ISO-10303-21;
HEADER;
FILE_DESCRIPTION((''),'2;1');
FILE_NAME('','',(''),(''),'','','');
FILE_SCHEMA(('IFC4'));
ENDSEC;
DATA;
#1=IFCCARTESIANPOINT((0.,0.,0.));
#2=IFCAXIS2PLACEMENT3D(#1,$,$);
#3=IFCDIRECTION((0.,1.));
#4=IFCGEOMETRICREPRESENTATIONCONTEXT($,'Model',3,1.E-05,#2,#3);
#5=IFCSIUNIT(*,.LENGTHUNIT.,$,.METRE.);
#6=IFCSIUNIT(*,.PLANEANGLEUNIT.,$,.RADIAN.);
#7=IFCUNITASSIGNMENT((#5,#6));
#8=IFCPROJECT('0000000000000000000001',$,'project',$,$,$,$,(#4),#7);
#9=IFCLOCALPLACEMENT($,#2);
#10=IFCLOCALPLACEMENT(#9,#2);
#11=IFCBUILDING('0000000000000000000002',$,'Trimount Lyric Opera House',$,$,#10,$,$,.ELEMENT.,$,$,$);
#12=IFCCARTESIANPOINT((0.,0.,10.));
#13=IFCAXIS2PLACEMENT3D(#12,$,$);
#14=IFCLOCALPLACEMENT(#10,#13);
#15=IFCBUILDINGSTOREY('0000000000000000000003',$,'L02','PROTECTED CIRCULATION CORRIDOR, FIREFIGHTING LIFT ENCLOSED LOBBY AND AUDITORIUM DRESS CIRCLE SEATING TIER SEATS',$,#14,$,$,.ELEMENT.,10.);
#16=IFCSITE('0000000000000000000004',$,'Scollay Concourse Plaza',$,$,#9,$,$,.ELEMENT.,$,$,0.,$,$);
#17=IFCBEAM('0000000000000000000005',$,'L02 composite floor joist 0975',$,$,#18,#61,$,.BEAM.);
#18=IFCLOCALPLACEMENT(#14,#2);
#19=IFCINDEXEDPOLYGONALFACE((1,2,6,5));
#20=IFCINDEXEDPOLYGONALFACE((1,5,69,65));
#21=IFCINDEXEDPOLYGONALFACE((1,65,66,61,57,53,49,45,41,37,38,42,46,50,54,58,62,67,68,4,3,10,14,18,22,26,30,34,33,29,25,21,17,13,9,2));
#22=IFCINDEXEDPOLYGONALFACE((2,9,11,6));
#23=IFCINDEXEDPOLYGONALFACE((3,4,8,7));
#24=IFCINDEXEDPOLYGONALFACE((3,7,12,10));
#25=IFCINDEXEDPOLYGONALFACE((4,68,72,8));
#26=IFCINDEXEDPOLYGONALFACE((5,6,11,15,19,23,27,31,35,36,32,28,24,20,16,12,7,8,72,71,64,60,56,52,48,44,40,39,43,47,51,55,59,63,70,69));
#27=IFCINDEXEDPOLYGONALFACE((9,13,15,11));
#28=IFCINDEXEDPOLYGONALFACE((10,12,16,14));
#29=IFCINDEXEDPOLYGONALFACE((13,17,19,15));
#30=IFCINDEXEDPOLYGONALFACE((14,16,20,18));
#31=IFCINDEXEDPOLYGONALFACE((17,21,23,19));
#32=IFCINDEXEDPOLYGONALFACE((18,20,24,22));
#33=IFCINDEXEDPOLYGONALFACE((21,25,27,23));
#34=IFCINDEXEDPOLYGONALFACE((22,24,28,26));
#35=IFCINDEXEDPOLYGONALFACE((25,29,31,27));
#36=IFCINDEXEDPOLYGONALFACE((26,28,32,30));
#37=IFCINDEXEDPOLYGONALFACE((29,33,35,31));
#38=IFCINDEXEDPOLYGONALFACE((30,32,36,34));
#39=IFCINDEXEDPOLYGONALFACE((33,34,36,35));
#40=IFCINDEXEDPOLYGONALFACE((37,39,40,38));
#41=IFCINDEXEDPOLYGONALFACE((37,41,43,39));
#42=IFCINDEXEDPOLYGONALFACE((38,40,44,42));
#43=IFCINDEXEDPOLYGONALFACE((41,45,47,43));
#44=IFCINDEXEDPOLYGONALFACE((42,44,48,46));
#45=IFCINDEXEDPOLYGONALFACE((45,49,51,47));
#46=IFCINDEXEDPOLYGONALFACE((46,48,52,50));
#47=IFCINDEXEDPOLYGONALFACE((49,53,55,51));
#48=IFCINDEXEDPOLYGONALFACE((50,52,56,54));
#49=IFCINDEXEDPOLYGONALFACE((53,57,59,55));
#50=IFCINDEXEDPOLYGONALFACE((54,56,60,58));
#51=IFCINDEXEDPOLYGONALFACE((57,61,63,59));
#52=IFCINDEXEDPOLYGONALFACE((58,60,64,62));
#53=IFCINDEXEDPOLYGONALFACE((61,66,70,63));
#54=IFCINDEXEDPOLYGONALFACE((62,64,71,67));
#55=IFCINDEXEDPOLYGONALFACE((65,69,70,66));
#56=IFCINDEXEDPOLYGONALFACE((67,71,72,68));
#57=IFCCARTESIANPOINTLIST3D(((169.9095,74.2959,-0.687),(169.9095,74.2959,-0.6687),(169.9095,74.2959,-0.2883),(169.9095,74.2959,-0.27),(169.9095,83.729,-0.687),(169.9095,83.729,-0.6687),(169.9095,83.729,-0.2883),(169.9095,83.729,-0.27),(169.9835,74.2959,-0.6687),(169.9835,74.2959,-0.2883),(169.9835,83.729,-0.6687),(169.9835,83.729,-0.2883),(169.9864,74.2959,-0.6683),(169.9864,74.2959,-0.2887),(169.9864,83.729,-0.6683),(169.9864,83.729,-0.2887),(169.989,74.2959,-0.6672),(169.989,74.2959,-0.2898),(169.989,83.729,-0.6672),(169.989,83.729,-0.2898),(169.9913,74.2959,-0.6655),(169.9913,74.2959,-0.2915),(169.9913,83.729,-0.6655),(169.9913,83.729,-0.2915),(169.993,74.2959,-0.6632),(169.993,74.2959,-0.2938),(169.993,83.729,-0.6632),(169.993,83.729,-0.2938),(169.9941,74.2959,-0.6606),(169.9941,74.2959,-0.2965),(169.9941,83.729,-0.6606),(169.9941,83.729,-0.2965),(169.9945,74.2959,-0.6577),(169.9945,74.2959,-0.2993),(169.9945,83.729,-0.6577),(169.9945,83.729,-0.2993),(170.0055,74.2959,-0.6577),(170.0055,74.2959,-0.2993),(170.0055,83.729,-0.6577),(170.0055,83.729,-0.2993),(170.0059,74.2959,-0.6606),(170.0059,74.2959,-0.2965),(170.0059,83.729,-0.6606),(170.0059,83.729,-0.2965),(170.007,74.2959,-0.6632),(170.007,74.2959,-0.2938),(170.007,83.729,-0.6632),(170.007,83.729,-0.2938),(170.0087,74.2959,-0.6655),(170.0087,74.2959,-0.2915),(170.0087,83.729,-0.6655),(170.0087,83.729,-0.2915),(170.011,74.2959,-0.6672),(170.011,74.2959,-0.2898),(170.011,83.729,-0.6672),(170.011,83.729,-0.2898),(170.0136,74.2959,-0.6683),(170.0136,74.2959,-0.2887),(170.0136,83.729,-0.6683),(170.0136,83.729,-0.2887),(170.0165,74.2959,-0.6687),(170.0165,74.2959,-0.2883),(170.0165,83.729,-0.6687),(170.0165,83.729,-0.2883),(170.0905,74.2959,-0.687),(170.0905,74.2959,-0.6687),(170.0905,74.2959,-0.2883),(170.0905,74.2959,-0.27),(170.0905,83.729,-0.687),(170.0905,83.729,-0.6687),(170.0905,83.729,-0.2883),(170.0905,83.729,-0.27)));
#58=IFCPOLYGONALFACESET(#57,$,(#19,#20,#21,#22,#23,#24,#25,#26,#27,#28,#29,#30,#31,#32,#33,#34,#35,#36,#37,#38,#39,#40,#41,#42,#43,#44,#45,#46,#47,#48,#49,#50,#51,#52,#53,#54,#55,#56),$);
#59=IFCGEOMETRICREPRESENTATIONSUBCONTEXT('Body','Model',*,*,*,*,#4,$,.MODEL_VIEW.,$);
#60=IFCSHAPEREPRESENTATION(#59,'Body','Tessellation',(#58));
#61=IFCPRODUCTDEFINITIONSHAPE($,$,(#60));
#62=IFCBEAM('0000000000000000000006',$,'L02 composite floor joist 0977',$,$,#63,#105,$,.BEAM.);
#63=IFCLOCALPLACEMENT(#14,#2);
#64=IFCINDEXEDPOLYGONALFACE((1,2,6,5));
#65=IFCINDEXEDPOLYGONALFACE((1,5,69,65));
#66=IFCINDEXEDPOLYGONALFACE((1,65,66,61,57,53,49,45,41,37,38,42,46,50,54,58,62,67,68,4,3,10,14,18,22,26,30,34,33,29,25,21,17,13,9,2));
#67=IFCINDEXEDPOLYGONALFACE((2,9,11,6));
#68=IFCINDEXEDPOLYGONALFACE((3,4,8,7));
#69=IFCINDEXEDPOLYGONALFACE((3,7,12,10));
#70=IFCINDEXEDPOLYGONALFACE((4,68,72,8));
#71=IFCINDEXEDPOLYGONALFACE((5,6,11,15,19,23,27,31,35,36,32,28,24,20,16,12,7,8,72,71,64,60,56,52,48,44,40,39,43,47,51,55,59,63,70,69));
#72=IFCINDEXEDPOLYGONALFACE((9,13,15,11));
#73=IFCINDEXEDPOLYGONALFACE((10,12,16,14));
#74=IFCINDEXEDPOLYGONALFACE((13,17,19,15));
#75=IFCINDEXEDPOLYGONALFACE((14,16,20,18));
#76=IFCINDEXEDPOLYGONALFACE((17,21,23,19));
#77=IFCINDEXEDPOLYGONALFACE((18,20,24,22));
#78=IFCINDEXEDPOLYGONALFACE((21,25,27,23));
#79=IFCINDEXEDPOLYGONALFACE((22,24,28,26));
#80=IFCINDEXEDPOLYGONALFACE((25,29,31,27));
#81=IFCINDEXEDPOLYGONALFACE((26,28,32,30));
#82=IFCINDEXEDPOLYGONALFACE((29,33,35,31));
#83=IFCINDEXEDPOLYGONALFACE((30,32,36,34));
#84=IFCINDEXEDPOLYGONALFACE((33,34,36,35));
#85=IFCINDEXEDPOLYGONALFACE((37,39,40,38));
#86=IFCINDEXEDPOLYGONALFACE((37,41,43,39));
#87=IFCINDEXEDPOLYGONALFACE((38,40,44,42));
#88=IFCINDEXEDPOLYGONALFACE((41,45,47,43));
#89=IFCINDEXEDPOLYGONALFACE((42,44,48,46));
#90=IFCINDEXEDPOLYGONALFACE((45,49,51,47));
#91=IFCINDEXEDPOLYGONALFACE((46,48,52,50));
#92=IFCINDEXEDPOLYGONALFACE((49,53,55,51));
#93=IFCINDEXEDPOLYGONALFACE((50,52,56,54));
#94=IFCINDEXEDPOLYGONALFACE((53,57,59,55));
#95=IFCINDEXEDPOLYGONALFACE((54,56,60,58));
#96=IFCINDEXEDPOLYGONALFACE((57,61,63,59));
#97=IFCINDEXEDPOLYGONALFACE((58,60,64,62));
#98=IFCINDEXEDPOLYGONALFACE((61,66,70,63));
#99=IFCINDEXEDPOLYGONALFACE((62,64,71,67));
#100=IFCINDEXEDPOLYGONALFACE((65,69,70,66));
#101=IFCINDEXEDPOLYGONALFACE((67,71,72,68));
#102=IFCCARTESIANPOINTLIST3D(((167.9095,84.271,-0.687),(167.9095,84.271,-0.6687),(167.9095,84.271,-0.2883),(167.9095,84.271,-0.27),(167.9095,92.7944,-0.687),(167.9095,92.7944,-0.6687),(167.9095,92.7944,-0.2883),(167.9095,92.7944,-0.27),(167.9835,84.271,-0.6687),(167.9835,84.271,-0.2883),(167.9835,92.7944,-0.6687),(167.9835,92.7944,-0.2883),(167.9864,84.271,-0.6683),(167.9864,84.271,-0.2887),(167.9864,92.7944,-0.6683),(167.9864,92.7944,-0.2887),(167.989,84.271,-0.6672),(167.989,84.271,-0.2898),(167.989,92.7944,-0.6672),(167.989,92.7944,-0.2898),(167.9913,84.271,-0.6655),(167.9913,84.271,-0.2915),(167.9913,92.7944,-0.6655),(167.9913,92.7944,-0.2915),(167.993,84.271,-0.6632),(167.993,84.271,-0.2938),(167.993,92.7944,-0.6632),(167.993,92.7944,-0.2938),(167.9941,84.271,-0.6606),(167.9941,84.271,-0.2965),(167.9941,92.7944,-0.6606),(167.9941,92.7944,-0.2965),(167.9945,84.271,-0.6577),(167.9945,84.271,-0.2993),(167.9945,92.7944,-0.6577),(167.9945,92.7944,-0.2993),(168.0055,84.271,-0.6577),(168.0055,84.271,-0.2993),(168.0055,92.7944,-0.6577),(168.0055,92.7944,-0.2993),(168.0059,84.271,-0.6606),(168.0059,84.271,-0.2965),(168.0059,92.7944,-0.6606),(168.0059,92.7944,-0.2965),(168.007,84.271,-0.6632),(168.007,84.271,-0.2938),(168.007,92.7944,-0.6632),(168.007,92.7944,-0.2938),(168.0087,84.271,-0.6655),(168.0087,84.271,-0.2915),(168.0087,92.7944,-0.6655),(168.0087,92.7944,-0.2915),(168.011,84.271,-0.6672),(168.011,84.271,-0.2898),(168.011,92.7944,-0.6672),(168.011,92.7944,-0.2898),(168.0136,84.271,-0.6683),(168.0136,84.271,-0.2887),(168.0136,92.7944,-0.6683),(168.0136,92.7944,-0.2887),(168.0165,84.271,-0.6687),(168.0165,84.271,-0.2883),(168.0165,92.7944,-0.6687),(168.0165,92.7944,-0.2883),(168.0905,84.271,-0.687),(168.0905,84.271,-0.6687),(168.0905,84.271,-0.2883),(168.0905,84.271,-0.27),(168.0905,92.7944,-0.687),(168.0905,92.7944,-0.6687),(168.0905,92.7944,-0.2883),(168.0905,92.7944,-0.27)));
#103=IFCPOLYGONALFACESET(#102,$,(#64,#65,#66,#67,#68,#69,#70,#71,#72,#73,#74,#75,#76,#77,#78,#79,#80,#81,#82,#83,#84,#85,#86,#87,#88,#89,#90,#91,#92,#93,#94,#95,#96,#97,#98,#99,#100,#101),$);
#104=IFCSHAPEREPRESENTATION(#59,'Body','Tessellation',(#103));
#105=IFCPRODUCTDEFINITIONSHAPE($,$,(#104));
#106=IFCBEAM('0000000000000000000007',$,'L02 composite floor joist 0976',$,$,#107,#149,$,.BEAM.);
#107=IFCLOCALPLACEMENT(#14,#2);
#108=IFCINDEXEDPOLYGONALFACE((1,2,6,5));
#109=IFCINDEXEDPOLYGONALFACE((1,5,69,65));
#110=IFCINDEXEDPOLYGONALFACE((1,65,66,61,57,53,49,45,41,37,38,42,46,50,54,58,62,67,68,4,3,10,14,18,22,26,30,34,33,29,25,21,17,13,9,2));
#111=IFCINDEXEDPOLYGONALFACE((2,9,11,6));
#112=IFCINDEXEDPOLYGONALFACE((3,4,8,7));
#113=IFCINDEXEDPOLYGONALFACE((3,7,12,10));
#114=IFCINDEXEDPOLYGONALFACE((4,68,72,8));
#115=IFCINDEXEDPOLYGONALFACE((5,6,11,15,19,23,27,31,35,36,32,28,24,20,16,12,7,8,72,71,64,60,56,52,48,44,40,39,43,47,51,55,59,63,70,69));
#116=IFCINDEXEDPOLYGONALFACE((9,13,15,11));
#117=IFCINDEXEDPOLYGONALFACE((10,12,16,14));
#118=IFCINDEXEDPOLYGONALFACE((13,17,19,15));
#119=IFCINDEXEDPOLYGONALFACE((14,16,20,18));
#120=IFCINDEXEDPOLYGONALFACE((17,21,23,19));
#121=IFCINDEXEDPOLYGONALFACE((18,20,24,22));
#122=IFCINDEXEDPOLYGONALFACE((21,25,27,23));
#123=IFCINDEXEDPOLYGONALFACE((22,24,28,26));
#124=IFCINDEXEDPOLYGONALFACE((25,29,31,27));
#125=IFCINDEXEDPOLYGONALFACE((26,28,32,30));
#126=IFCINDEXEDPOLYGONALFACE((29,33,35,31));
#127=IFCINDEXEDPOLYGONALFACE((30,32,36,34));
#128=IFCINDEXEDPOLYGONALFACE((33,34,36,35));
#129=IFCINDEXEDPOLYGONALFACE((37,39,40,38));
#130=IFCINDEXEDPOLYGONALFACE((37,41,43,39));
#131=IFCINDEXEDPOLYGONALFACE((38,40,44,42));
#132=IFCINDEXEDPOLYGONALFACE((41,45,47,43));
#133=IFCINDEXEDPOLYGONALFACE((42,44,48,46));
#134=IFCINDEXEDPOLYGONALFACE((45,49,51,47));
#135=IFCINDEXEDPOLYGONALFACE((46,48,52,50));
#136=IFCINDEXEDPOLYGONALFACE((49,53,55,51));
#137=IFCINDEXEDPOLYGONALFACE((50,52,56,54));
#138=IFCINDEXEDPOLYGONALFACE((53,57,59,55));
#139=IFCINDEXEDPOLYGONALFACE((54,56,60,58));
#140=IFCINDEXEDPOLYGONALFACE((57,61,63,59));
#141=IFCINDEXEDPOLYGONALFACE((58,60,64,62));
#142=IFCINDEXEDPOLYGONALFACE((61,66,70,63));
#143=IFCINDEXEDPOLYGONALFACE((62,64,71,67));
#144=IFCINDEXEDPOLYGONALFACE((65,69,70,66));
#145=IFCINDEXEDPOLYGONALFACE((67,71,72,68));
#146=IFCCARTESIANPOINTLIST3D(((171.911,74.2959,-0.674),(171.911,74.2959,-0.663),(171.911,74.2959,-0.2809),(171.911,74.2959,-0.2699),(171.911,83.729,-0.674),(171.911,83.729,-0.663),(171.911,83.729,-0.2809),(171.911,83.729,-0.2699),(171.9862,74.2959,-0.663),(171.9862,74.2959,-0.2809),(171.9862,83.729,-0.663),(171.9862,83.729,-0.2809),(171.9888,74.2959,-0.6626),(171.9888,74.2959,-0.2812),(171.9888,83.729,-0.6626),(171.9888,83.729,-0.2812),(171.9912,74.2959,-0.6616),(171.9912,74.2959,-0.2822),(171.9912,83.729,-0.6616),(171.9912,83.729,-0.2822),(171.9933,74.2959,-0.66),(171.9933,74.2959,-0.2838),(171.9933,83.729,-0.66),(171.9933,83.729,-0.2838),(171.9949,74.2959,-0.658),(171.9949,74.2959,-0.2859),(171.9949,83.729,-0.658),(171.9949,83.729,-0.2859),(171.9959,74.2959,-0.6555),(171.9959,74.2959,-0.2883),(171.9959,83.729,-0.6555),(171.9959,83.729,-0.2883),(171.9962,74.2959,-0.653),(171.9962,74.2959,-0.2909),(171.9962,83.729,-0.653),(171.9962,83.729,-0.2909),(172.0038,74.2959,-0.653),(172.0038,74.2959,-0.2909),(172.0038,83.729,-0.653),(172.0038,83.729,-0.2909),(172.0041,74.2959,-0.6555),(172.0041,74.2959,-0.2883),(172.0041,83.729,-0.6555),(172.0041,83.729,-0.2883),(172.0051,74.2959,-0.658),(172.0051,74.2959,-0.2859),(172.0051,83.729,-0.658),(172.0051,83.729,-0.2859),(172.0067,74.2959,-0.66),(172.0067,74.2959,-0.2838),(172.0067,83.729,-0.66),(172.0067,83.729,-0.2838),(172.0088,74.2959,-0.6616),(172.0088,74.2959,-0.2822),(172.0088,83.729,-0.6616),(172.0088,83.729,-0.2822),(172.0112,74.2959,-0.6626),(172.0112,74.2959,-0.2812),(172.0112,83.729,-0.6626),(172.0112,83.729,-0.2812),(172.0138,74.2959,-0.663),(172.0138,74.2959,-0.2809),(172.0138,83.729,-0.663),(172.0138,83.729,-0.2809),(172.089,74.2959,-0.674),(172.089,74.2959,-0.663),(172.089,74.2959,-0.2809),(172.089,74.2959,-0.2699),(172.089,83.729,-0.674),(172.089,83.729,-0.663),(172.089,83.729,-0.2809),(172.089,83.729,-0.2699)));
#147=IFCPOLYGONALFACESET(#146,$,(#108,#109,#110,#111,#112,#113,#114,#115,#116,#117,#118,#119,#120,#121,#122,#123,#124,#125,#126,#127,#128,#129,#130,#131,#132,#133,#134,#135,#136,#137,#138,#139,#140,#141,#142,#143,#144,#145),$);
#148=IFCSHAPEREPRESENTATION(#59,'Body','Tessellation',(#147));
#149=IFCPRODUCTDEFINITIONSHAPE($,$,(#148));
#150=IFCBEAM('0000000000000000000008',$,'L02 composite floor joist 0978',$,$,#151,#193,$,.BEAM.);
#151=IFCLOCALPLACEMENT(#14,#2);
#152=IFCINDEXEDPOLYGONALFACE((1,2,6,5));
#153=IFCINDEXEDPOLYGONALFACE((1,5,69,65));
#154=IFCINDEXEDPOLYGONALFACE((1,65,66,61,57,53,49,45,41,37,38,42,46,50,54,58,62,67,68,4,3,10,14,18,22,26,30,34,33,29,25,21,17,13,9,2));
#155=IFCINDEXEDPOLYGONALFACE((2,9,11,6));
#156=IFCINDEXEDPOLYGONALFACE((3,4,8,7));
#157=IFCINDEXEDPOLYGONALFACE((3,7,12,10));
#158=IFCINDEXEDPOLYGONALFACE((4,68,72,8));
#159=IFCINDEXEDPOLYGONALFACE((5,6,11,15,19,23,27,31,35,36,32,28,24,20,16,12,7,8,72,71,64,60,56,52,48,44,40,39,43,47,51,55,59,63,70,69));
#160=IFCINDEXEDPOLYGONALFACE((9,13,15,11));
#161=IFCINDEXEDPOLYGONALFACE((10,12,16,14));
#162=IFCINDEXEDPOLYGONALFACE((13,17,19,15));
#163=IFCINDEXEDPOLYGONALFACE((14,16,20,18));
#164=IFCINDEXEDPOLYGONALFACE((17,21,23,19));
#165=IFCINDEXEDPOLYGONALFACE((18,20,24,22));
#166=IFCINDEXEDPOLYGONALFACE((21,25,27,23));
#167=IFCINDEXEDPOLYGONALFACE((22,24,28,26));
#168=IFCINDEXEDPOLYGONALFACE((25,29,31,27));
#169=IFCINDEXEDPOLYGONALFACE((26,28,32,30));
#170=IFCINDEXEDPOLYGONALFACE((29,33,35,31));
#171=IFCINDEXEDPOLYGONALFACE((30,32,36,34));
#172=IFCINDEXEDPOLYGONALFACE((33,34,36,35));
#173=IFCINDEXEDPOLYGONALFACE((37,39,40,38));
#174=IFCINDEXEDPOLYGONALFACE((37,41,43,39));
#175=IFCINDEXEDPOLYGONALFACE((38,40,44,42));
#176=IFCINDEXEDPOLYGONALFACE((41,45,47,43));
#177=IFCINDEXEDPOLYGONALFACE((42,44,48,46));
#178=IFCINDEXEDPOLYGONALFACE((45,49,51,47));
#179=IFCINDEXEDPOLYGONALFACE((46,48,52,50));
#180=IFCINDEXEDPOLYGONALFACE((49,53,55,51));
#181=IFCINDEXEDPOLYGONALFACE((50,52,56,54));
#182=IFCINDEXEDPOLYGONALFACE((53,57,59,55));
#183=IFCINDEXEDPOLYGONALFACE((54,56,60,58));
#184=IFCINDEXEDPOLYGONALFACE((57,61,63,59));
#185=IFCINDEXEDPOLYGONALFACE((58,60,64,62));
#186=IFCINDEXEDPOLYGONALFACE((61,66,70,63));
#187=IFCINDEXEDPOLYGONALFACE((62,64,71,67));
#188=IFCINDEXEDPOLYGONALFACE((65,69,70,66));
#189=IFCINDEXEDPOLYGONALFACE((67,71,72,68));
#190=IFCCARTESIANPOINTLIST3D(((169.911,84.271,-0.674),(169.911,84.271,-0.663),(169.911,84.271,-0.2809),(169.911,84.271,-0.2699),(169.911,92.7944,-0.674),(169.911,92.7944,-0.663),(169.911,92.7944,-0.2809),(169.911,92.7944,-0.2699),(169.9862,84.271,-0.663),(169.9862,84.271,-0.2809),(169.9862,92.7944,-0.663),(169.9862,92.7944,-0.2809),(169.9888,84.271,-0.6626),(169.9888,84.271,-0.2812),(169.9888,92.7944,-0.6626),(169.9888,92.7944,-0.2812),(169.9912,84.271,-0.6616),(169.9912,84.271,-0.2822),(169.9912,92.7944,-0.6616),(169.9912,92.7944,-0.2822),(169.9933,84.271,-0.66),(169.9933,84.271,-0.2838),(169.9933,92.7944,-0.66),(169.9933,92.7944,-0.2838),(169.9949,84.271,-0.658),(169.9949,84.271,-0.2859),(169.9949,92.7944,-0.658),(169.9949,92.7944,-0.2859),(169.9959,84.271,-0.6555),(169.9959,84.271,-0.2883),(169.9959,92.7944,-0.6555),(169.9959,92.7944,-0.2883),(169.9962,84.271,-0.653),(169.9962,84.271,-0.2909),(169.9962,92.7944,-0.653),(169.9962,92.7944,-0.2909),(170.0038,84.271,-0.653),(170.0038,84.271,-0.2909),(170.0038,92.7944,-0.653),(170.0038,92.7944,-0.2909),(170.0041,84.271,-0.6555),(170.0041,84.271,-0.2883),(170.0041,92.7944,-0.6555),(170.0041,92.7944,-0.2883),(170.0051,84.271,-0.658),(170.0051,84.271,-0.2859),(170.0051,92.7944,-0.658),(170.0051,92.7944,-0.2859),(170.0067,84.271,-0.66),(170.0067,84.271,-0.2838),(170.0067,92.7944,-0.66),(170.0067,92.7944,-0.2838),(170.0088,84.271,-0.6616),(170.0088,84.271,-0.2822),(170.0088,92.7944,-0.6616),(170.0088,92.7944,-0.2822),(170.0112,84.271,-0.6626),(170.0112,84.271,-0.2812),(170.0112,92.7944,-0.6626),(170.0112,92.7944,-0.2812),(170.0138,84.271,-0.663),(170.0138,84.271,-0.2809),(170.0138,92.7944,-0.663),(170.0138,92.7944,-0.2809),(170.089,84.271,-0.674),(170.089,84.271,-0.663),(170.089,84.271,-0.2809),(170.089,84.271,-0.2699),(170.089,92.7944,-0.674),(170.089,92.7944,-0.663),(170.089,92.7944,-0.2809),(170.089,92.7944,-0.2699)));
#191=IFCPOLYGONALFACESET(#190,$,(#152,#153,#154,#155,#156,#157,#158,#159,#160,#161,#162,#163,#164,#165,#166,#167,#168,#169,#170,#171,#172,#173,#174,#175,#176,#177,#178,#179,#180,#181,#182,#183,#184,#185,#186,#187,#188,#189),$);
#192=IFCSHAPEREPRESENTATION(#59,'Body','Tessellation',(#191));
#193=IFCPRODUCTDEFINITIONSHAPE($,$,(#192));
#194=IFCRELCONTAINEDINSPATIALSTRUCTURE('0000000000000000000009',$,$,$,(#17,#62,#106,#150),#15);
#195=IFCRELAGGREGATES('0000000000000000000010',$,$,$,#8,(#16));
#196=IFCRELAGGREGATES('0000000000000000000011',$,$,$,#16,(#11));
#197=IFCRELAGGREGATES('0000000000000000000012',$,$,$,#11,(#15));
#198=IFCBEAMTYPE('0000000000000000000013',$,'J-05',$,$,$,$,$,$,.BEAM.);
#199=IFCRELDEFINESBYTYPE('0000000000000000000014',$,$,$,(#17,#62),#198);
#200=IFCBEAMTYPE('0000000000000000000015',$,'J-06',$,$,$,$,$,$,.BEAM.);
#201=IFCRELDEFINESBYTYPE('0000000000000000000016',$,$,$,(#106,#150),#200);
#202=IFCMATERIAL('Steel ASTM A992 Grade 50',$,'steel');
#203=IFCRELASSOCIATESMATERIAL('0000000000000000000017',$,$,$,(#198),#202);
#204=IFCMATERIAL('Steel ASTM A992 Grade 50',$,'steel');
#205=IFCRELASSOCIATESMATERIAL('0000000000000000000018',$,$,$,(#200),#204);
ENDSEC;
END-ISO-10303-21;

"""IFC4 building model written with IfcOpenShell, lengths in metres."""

from ifc_helpers import new_model, si_unit, direction, frame, origin, origin_2d, place, context, subcontext, project, spatial, i_section, extrude, material, material_profile, profile_set, type_object, element, save


model = new_model("IFC4")

# Units and contexts
model_context = context("Model", 3, precision=1e-05, world=origin(), true_north=direction((0.0, 1.0)))
body_context = subcontext(model_context, "Body", "Model", "MODEL_VIEW")
ifc_project = project(units=[si_unit("LENGTHUNIT", "METRE"), si_unit("PLANEANGLEUNIT", "RADIAN")], contexts=[model_context])

# Site, building, storey
site_placement = place(None, origin())
site = spatial("IfcSite", under=ifc_project, at=site_placement, Name="Scollay Concourse Plaza", CompositionType="ELEMENT", RefElevation=0.0)
building_placement = place(site_placement, origin())
building = spatial("IfcBuilding", under=site, at=building_placement, Name="Trimount Lyric Opera House", CompositionType="ELEMENT")
storey_placement = place(building_placement, frame((0.0, 0.0, 10.0)))
storey = spatial("IfcBuildingStorey", under=building, at=storey_placement, Name="L02", Description="PROTECTED CIRCULATION CORRIDOR, FIREFIGHTING LIFT ENCLOSED LOBBY AND AUDITORIUM DRESS CIRCLE SEATING TIER SEATS", CompositionType="ELEMENT", Elevation=10.0)

# Beams
ifc_material_1 = material(Name="Steel ASTM A992 Grade 50", Category="steel")
ifc_material_profile_1 = material_profile(ifc_material_1, i_section(OverallWidth=0.1809, OverallDepth=0.417, WebThickness=0.011, FlangeThickness=0.0183, FilletRadius=0.011, at=origin_2d()), Name="W16X57")
ifc_profile_set_1 = profile_set([ifc_material_profile_1], Name="Steel ASTM A992 Grade 50")
beam_type_1 = type_object("IfcBeamType", Name="J-05", PredefinedType="BEAM", material=ifc_profile_set_1)
beam_1_placement = place(storey_placement, frame((170.0, 74.2959, -0.4785), z_axis=(0.0, 1.0, 0.0), x_axis=(-1.0, 0.0, 0.0)))
element("IfcBeam", 1, at=beam_1_placement, inside=storey, type_object=beam_type_1, Name="L02 composite floor joist 0975", PredefinedType="BEAM", context=body_context, shape_type="SweptSolid", body=[
    extrude(i_section(OverallWidth=0.1809, OverallDepth=0.417, WebThickness=0.011, FlangeThickness=0.0183, FilletRadius=0.011, at=origin_2d()), origin(), (0.0, 0.0, 1.0), 9.4331),
])
beam_2_placement = place(storey_placement, frame((168.0, 84.271, -0.4785), z_axis=(0.0, 1.0, 0.0), x_axis=(-1.0, 0.0, 0.0)))
element("IfcBeam", 2, at=beam_2_placement, inside=storey, type_object=beam_type_1, Name="L02 composite floor joist 0977", PredefinedType="BEAM", context=body_context, shape_type="SweptSolid", body=[
    extrude(i_section(OverallWidth=0.1809, OverallDepth=0.417, WebThickness=0.011, FlangeThickness=0.0183, FilletRadius=0.011, at=origin_2d()), origin(), (0.0, 0.0, 1.0), 8.5234),
])
ifc_material_2 = material(Name="Steel ASTM A992 Grade 50", Category="steel")
ifc_material_profile_2 = material_profile(ifc_material_2, i_section(OverallWidth=0.178, OverallDepth=0.4041, WebThickness=0.0076, FlangeThickness=0.011, FilletRadius=0.01, at=origin_2d()), Name="W16X36")
ifc_profile_set_2 = profile_set([ifc_material_profile_2], Name="Steel ASTM A992 Grade 50")
beam_type_2 = type_object("IfcBeamType", Name="J-06", PredefinedType="BEAM", material=ifc_profile_set_2)
beam_3_placement = place(storey_placement, frame((172.0, 74.2959, -0.4719), z_axis=(0.0, 1.0, 0.0), x_axis=(-1.0, 0.0, 0.0)))
element("IfcBeam", 3, at=beam_3_placement, inside=storey, type_object=beam_type_2, Name="L02 composite floor joist 0976", PredefinedType="BEAM", context=body_context, shape_type="SweptSolid", body=[
    extrude(i_section(OverallWidth=0.178, OverallDepth=0.4041, WebThickness=0.0076, FlangeThickness=0.011, FilletRadius=0.01, at=origin_2d()), origin(), (0.0, 0.0, 1.0), 9.4331),
])
beam_4_placement = place(storey_placement, frame((170.0, 84.271, -0.4719), z_axis=(0.0, 1.0, 0.0), x_axis=(-1.0, 0.0, 0.0)))
element("IfcBeam", 4, at=beam_4_placement, inside=storey, type_object=beam_type_2, Name="L02 composite floor joist 0978", PredefinedType="BEAM", context=body_context, shape_type="SweptSolid", body=[
    extrude(i_section(OverallWidth=0.178, OverallDepth=0.4041, WebThickness=0.0076, FlangeThickness=0.011, FilletRadius=0.01, at=origin_2d()), origin(), (0.0, 0.0, 1.0), 8.5234),
])

save(model, "model.ifc")
